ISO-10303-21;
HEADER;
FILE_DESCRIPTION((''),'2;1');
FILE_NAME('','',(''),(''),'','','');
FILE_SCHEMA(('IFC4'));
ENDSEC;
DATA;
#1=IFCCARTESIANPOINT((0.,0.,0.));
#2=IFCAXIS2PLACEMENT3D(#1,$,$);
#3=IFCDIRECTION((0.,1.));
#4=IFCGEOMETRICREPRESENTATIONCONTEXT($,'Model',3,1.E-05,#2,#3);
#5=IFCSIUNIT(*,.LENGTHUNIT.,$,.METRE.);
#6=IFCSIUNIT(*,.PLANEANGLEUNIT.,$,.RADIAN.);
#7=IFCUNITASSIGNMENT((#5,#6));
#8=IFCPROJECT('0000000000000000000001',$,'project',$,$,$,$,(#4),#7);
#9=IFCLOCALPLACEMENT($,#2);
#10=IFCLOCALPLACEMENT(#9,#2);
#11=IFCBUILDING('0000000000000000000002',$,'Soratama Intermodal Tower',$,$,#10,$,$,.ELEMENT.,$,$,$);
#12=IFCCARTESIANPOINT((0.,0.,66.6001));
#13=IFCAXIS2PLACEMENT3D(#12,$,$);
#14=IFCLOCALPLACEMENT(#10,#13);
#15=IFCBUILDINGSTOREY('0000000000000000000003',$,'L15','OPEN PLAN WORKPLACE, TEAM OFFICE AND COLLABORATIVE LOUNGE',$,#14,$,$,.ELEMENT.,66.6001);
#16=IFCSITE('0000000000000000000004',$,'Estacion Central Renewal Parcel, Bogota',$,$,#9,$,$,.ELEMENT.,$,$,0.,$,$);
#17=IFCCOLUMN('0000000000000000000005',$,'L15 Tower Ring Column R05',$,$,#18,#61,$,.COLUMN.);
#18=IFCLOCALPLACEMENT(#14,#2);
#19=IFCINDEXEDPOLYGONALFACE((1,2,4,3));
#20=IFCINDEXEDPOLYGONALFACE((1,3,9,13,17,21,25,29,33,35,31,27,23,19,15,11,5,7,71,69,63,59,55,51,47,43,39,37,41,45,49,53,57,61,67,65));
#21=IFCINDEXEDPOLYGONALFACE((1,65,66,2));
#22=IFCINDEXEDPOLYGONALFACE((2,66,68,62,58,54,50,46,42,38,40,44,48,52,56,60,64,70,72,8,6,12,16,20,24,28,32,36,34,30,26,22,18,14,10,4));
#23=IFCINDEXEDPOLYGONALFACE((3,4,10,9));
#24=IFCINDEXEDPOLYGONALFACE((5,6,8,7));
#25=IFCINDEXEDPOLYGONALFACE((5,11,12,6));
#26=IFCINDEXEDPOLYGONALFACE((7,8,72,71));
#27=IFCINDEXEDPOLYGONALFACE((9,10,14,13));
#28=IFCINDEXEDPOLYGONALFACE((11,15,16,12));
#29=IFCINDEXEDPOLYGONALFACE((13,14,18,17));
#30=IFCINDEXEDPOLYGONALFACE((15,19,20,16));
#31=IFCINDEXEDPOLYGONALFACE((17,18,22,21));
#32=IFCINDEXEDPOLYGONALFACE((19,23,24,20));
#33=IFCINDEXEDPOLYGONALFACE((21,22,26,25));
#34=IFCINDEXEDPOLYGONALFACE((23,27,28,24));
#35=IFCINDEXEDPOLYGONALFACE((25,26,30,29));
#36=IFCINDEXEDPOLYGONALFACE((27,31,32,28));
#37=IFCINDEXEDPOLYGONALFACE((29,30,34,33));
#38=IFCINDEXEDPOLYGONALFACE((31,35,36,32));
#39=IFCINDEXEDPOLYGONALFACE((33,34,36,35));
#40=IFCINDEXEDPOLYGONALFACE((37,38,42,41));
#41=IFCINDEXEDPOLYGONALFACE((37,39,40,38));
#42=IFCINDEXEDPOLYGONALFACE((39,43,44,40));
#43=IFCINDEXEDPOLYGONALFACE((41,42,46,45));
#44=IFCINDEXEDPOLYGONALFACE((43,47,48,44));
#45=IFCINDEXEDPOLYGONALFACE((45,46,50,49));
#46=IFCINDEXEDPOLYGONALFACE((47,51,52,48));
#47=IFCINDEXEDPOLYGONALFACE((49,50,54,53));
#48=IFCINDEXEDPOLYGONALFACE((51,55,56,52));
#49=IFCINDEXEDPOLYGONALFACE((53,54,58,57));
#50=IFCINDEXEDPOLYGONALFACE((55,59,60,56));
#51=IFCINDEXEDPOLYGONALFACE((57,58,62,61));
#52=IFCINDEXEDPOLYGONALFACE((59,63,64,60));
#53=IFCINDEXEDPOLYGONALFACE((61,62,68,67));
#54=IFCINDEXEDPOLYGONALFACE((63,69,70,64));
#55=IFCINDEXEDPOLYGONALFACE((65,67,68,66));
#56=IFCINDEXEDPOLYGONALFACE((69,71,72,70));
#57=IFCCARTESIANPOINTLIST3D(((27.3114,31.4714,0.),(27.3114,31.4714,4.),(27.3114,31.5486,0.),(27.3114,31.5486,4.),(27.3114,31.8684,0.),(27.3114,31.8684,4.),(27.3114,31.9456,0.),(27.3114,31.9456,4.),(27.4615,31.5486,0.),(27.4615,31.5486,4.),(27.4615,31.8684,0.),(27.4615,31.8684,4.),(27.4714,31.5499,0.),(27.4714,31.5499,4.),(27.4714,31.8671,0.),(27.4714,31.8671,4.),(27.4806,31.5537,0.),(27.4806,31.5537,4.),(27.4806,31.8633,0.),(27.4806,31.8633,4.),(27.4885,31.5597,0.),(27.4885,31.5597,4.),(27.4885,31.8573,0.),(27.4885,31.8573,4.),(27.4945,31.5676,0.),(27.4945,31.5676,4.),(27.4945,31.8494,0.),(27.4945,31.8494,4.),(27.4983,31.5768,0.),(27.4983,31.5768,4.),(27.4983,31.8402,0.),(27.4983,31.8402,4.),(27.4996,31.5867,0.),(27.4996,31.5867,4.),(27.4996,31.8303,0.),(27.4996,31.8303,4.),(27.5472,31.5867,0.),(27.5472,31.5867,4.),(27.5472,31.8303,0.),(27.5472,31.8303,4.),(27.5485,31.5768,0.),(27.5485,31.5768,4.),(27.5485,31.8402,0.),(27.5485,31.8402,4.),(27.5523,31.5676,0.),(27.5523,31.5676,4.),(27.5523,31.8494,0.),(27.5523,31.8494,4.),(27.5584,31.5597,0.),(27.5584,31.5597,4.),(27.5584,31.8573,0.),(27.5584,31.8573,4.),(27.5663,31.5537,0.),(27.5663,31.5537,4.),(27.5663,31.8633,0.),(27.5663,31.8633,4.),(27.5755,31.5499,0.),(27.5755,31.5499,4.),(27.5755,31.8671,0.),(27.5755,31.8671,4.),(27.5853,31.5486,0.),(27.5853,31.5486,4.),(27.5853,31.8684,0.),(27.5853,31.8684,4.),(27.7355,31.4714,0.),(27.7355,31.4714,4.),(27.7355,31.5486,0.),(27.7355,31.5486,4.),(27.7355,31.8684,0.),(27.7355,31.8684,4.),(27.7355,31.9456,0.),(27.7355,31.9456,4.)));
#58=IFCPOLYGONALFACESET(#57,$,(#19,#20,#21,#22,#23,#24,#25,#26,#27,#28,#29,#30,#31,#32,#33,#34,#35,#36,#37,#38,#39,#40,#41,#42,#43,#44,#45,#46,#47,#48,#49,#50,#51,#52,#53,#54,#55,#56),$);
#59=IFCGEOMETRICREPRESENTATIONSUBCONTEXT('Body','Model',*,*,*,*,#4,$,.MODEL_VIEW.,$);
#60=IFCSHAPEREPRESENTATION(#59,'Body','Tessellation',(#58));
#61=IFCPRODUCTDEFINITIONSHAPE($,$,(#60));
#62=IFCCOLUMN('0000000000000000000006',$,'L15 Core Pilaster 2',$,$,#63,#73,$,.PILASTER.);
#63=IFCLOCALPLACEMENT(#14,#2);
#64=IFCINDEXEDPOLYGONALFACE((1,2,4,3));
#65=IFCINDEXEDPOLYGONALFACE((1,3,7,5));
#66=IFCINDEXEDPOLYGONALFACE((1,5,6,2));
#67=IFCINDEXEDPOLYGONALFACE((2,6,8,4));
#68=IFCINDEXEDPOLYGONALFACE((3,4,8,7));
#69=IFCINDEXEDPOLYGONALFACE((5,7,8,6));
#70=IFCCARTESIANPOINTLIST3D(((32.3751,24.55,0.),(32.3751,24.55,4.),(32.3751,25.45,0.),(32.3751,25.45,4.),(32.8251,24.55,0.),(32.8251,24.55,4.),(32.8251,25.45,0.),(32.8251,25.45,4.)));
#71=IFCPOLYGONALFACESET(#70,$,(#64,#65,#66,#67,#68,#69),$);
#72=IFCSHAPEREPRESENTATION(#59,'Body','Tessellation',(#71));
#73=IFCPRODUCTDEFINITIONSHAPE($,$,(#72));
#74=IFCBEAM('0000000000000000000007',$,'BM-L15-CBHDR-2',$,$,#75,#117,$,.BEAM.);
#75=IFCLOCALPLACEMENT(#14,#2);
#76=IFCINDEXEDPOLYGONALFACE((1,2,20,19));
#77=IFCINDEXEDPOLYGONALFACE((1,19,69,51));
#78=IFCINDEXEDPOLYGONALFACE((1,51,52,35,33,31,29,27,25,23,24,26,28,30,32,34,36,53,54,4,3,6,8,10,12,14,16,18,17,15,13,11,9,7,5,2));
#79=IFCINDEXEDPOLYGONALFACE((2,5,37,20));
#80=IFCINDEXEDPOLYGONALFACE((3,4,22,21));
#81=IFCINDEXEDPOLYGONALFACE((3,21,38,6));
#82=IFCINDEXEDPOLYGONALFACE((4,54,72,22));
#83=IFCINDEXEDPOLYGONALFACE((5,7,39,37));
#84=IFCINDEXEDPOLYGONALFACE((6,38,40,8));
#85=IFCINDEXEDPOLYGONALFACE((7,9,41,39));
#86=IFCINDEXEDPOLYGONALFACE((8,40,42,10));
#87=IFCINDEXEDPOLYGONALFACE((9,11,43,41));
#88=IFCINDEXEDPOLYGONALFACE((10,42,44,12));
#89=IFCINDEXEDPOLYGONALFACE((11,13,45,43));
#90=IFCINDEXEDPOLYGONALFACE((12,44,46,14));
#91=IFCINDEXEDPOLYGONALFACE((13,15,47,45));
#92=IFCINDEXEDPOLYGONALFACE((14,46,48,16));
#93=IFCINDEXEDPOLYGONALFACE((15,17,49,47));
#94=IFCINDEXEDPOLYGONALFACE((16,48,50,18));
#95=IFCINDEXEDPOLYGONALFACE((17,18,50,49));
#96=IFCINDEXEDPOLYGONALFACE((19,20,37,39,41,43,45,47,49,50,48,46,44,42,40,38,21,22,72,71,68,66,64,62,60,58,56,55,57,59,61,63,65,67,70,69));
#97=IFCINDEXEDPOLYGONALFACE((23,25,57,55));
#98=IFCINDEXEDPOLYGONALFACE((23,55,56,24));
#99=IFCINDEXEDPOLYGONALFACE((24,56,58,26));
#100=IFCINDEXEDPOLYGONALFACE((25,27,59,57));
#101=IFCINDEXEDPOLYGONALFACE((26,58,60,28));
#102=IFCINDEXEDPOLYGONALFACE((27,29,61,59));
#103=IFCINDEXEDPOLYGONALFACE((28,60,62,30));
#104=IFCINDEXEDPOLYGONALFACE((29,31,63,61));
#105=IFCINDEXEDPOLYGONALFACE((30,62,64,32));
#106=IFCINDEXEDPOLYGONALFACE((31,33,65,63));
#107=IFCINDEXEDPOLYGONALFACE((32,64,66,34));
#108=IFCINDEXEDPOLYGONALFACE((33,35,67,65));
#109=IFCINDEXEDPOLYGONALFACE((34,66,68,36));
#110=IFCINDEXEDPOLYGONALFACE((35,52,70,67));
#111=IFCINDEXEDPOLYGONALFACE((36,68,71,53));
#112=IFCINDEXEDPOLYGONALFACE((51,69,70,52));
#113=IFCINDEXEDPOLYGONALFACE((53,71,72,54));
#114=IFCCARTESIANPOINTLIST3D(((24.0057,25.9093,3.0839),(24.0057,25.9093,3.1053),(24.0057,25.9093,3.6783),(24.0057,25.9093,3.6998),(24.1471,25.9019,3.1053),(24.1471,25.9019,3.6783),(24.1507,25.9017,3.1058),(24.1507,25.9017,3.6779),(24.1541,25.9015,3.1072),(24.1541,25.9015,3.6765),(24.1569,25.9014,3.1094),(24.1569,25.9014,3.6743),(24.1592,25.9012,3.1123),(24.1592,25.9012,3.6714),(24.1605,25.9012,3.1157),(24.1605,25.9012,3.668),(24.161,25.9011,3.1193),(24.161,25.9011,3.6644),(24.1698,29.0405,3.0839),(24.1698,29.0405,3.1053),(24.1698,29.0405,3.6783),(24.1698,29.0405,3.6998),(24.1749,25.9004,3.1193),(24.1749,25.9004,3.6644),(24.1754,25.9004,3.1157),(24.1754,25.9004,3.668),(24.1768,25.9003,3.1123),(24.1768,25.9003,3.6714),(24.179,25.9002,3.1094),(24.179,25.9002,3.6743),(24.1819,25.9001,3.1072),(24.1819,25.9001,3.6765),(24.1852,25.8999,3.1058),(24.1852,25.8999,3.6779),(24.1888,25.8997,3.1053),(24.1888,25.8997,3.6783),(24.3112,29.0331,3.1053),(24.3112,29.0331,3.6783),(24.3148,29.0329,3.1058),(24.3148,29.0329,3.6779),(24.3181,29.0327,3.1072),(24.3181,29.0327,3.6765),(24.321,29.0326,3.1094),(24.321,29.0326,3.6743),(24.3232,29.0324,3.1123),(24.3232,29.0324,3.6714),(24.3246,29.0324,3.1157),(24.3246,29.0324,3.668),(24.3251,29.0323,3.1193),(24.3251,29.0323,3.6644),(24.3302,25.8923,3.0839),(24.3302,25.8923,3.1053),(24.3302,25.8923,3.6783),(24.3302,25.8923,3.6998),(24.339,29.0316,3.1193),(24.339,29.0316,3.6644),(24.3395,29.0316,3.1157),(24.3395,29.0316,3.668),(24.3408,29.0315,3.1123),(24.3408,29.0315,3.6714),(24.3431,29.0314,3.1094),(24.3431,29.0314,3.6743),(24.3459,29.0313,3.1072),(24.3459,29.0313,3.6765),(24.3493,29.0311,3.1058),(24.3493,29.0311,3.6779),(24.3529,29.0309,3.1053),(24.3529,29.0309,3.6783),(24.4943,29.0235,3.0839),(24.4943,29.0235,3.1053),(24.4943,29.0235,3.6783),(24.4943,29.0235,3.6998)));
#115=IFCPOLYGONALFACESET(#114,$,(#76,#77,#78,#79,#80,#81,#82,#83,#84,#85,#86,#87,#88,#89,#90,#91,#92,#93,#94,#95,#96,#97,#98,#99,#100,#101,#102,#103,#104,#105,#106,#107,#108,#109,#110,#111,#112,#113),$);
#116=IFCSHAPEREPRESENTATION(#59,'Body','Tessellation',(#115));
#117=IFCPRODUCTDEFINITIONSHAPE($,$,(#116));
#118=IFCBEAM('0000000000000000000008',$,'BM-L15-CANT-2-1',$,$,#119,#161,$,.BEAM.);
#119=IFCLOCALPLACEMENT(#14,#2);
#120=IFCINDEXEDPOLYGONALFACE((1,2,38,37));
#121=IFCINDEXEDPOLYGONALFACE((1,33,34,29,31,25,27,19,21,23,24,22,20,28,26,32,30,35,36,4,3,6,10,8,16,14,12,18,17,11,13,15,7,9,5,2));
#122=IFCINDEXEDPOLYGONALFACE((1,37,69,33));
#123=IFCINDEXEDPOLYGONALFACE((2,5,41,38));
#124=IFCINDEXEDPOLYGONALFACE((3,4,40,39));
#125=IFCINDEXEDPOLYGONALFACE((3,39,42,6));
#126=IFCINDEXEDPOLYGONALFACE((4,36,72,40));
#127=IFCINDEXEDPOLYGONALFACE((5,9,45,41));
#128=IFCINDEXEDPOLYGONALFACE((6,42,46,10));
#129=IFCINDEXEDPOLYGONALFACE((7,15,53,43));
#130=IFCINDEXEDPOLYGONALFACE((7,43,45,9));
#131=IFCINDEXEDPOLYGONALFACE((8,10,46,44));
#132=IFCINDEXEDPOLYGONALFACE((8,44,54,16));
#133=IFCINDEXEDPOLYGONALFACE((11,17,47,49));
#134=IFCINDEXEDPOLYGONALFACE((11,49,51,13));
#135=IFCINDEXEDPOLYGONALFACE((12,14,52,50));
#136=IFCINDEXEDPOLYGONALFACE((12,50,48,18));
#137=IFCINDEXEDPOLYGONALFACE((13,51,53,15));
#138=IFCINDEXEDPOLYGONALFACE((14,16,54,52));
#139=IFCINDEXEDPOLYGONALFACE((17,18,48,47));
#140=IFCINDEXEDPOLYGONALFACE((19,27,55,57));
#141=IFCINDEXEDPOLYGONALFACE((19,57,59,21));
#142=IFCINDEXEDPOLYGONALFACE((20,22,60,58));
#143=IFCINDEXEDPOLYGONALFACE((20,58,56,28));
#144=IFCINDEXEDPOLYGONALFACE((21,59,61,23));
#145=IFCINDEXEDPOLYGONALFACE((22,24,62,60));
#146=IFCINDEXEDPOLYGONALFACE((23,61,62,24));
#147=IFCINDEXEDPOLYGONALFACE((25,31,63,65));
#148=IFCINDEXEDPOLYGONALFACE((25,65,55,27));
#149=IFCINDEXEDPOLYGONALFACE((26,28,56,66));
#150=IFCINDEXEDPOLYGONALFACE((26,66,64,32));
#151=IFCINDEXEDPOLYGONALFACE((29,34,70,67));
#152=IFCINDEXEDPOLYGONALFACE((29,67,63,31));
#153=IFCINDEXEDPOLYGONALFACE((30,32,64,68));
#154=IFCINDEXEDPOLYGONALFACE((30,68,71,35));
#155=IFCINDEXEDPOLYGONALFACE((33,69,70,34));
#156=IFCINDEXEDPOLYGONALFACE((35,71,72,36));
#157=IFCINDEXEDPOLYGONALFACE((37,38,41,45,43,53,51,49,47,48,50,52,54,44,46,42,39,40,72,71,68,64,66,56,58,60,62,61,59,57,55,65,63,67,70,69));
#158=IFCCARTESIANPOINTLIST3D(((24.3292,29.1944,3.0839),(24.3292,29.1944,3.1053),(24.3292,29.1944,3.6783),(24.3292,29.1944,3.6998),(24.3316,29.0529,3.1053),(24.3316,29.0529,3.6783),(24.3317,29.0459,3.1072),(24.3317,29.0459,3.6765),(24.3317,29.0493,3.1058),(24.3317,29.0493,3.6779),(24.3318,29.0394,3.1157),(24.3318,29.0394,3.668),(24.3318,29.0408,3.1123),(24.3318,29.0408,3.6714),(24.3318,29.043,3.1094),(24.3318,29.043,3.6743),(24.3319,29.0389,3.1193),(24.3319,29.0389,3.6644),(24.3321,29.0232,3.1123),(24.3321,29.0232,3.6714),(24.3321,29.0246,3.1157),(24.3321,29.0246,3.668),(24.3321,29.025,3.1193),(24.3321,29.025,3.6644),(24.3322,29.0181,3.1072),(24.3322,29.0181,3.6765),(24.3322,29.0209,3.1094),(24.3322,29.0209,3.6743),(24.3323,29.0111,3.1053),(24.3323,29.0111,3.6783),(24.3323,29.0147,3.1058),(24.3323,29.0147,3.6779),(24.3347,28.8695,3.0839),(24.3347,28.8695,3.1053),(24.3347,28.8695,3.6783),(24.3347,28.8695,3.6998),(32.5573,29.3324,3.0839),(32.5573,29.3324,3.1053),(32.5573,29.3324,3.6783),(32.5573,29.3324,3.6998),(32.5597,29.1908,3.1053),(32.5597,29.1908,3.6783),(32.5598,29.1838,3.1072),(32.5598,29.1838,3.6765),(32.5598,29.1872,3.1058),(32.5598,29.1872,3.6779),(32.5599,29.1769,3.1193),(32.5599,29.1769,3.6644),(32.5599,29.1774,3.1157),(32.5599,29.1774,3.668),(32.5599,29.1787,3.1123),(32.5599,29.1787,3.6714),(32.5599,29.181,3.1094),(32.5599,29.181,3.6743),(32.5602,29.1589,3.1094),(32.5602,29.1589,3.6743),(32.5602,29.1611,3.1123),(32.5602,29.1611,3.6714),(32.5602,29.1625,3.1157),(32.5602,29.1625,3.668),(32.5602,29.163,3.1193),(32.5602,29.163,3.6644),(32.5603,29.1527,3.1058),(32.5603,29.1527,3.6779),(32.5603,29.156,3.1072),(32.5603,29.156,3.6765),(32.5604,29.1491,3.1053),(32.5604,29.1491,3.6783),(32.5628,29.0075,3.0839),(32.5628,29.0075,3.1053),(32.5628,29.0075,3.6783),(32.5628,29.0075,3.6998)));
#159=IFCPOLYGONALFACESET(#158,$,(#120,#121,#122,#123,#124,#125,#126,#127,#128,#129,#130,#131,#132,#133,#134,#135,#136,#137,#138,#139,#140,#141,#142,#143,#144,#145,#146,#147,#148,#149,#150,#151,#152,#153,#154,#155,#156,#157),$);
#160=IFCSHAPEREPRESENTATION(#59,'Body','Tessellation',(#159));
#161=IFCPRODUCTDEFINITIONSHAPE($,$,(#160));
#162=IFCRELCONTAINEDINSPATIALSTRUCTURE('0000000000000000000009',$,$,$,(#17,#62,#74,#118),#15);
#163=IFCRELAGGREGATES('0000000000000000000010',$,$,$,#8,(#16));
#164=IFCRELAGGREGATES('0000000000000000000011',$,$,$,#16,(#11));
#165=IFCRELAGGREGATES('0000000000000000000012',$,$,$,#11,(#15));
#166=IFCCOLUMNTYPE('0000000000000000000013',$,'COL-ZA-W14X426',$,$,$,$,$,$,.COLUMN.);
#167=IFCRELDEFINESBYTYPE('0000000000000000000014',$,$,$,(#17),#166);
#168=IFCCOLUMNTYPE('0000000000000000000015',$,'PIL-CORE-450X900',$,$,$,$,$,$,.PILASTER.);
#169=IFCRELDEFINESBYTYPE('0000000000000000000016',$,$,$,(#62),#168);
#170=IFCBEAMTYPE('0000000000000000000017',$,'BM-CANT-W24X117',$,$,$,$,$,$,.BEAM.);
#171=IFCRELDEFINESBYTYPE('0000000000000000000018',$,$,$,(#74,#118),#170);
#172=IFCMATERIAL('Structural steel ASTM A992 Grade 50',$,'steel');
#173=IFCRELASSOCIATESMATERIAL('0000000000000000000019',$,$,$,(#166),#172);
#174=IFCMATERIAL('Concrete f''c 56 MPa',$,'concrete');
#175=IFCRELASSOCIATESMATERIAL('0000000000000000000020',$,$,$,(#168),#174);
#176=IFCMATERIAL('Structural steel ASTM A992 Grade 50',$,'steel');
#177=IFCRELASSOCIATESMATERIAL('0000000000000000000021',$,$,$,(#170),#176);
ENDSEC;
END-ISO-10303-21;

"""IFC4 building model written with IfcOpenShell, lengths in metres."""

from ifc_helpers import new_model, si_unit, direction, frame, origin, origin_2d, place, context, subcontext, project, spatial, rectangle, i_section, extrude, material, material_profile, profile_set, type_object, element, save


model = new_model("IFC4")

# Units and contexts
model_context = context("Model", 3, precision=1e-05, world=origin(), true_north=direction((0.0, 1.0)))
body_context = subcontext(model_context, "Body", "Model", "MODEL_VIEW")
ifc_project = project(units=[si_unit("LENGTHUNIT", "METRE"), si_unit("PLANEANGLEUNIT", "RADIAN")], contexts=[model_context])

# Site, building, storey
site_placement = place(None, origin())
site = spatial("IfcSite", under=ifc_project, at=site_placement, Name="Estacion Central Renewal Parcel, Bogota", CompositionType="ELEMENT", RefElevation=0.0)
building_placement = place(site_placement, origin())
building = spatial("IfcBuilding", under=site, at=building_placement, Name="Soratama Intermodal Tower", CompositionType="ELEMENT")
storey_placement = place(building_placement, frame((0.0, 0.0, 66.6001)))
storey = spatial("IfcBuildingStorey", under=building, at=storey_placement, Name="L15", Description="OPEN PLAN WORKPLACE, TEAM OFFICE AND COLLABORATIVE LOUNGE", CompositionType="ELEMENT", Elevation=66.6001)

# Columns
ifc_material_1 = material(Name="Structural steel ASTM A992 Grade 50", Category="steel")
ifc_material_profile_1 = material_profile(ifc_material_1, i_section(OverallWidth=0.4241, OverallDepth=0.4741, WebThickness=0.0476, FlangeThickness=0.0771, FilletRadius=0.0381, at=origin_2d()), Name="W14X426")
ifc_profile_set_1 = profile_set([ifc_material_profile_1], Name="Structural steel ASTM A992 Grade 50")
column_type_1 = type_object("IfcColumnType", Name="COL-ZA-W14X426", PredefinedType="COLUMN", material=ifc_profile_set_1)
column_1_placement = place(storey_placement, frame((27.5234, 31.7085, 0.0), z_axis=(0.0, 0.0, 1.0), x_axis=(1.0, 0.0, 0.0)))
element("IfcColumn", 1, at=column_1_placement, inside=storey, type_object=column_type_1, Name="L15 Tower Ring Column R05", PredefinedType="COLUMN", context=body_context, shape_type="SweptSolid", body=[
    extrude(i_section(OverallWidth=0.4241, OverallDepth=0.4741, WebThickness=0.0476, FlangeThickness=0.0771, FilletRadius=0.0381, at=origin_2d()), origin(), (0.0, 0.0, 1.0), 4.0),
])
ifc_material_2 = material(Name="Concrete f'c 56 MPa", Category="concrete")
ifc_material_profile_2 = material_profile(ifc_material_2, rectangle(XDim=0.45, YDim=0.8999, at=origin_2d()), Name="RC450X900")
ifc_profile_set_2 = profile_set([ifc_material_profile_2], Name="Concrete f'c 56 MPa")
column_type_2 = type_object("IfcColumnType", Name="PIL-CORE-450X900", PredefinedType="PILASTER", material=ifc_profile_set_2)
column_2_placement = place(storey_placement, frame((32.6001, 25.0, 0.0), z_axis=(0.0, 0.0, 1.0), x_axis=(1.0, 0.0, 0.0)))
element("IfcColumn", 2, at=column_2_placement, inside=storey, type_object=column_type_2, Name="L15 Core Pilaster 2", PredefinedType="PILASTER", context=body_context, shape_type="SweptSolid", body=[
    extrude(rectangle(XDim=0.45, YDim=0.8999, at=origin_2d()), origin(), (0.0, 0.0, 1.0), 4.0),
])

# Beams
ifc_material_3 = material(Name="Structural steel ASTM A992 Grade 50", Category="steel")
ifc_material_profile_3 = material_profile(ifc_material_3, i_section(OverallWidth=0.325, OverallDepth=0.616, WebThickness=0.0139, FlangeThickness=0.0215, FilletRadius=0.0139, at=origin_2d()), Name="W24X117")
ifc_profile_set_3 = profile_set([ifc_material_profile_3], Name="Structural steel ASTM A992 Grade 50")
beam_type_1 = type_object("IfcBeamType", Name="BM-CANT-W24X117", PredefinedType="BEAM", material=ifc_profile_set_3)
beam_1_placement = place(storey_placement, frame((24.332, 29.032, 3.3918), z_axis=(-0.052326, -0.99863, 0.0), x_axis=(0.99863, -0.052326, 0.0)))
element("IfcBeam", 3, at=beam_1_placement, inside=storey, type_object=beam_type_1, Name="BM-L15-CBHDR-2", PredefinedType="BEAM", context=body_context, shape_type="SweptSolid", body=[
    extrude(i_section(OverallWidth=0.325, OverallDepth=0.616, WebThickness=0.0139, FlangeThickness=0.0215, FilletRadius=0.0139, at=origin_2d()), origin(), (0.0, 0.0, 1.0), 3.1355),
])
beam_2_placement = place(storey_placement, frame((32.5601, 29.1699, 3.3918), z_axis=(-0.99986, -0.016762, 0.0), x_axis=(0.016762, -0.99986, 0.0)))
element("IfcBeam", 4, at=beam_2_placement, inside=storey, type_object=beam_type_1, Name="BM-L15-CANT-2-1", PredefinedType="BEAM", context=body_context, shape_type="SweptSolid", body=[
    extrude(i_section(OverallWidth=0.325, OverallDepth=0.616, WebThickness=0.0139, FlangeThickness=0.0215, FilletRadius=0.0139, at=origin_2d()), origin(), (0.0, 0.0, 1.0), 8.2292),
])

save(model, "model.ifc")
